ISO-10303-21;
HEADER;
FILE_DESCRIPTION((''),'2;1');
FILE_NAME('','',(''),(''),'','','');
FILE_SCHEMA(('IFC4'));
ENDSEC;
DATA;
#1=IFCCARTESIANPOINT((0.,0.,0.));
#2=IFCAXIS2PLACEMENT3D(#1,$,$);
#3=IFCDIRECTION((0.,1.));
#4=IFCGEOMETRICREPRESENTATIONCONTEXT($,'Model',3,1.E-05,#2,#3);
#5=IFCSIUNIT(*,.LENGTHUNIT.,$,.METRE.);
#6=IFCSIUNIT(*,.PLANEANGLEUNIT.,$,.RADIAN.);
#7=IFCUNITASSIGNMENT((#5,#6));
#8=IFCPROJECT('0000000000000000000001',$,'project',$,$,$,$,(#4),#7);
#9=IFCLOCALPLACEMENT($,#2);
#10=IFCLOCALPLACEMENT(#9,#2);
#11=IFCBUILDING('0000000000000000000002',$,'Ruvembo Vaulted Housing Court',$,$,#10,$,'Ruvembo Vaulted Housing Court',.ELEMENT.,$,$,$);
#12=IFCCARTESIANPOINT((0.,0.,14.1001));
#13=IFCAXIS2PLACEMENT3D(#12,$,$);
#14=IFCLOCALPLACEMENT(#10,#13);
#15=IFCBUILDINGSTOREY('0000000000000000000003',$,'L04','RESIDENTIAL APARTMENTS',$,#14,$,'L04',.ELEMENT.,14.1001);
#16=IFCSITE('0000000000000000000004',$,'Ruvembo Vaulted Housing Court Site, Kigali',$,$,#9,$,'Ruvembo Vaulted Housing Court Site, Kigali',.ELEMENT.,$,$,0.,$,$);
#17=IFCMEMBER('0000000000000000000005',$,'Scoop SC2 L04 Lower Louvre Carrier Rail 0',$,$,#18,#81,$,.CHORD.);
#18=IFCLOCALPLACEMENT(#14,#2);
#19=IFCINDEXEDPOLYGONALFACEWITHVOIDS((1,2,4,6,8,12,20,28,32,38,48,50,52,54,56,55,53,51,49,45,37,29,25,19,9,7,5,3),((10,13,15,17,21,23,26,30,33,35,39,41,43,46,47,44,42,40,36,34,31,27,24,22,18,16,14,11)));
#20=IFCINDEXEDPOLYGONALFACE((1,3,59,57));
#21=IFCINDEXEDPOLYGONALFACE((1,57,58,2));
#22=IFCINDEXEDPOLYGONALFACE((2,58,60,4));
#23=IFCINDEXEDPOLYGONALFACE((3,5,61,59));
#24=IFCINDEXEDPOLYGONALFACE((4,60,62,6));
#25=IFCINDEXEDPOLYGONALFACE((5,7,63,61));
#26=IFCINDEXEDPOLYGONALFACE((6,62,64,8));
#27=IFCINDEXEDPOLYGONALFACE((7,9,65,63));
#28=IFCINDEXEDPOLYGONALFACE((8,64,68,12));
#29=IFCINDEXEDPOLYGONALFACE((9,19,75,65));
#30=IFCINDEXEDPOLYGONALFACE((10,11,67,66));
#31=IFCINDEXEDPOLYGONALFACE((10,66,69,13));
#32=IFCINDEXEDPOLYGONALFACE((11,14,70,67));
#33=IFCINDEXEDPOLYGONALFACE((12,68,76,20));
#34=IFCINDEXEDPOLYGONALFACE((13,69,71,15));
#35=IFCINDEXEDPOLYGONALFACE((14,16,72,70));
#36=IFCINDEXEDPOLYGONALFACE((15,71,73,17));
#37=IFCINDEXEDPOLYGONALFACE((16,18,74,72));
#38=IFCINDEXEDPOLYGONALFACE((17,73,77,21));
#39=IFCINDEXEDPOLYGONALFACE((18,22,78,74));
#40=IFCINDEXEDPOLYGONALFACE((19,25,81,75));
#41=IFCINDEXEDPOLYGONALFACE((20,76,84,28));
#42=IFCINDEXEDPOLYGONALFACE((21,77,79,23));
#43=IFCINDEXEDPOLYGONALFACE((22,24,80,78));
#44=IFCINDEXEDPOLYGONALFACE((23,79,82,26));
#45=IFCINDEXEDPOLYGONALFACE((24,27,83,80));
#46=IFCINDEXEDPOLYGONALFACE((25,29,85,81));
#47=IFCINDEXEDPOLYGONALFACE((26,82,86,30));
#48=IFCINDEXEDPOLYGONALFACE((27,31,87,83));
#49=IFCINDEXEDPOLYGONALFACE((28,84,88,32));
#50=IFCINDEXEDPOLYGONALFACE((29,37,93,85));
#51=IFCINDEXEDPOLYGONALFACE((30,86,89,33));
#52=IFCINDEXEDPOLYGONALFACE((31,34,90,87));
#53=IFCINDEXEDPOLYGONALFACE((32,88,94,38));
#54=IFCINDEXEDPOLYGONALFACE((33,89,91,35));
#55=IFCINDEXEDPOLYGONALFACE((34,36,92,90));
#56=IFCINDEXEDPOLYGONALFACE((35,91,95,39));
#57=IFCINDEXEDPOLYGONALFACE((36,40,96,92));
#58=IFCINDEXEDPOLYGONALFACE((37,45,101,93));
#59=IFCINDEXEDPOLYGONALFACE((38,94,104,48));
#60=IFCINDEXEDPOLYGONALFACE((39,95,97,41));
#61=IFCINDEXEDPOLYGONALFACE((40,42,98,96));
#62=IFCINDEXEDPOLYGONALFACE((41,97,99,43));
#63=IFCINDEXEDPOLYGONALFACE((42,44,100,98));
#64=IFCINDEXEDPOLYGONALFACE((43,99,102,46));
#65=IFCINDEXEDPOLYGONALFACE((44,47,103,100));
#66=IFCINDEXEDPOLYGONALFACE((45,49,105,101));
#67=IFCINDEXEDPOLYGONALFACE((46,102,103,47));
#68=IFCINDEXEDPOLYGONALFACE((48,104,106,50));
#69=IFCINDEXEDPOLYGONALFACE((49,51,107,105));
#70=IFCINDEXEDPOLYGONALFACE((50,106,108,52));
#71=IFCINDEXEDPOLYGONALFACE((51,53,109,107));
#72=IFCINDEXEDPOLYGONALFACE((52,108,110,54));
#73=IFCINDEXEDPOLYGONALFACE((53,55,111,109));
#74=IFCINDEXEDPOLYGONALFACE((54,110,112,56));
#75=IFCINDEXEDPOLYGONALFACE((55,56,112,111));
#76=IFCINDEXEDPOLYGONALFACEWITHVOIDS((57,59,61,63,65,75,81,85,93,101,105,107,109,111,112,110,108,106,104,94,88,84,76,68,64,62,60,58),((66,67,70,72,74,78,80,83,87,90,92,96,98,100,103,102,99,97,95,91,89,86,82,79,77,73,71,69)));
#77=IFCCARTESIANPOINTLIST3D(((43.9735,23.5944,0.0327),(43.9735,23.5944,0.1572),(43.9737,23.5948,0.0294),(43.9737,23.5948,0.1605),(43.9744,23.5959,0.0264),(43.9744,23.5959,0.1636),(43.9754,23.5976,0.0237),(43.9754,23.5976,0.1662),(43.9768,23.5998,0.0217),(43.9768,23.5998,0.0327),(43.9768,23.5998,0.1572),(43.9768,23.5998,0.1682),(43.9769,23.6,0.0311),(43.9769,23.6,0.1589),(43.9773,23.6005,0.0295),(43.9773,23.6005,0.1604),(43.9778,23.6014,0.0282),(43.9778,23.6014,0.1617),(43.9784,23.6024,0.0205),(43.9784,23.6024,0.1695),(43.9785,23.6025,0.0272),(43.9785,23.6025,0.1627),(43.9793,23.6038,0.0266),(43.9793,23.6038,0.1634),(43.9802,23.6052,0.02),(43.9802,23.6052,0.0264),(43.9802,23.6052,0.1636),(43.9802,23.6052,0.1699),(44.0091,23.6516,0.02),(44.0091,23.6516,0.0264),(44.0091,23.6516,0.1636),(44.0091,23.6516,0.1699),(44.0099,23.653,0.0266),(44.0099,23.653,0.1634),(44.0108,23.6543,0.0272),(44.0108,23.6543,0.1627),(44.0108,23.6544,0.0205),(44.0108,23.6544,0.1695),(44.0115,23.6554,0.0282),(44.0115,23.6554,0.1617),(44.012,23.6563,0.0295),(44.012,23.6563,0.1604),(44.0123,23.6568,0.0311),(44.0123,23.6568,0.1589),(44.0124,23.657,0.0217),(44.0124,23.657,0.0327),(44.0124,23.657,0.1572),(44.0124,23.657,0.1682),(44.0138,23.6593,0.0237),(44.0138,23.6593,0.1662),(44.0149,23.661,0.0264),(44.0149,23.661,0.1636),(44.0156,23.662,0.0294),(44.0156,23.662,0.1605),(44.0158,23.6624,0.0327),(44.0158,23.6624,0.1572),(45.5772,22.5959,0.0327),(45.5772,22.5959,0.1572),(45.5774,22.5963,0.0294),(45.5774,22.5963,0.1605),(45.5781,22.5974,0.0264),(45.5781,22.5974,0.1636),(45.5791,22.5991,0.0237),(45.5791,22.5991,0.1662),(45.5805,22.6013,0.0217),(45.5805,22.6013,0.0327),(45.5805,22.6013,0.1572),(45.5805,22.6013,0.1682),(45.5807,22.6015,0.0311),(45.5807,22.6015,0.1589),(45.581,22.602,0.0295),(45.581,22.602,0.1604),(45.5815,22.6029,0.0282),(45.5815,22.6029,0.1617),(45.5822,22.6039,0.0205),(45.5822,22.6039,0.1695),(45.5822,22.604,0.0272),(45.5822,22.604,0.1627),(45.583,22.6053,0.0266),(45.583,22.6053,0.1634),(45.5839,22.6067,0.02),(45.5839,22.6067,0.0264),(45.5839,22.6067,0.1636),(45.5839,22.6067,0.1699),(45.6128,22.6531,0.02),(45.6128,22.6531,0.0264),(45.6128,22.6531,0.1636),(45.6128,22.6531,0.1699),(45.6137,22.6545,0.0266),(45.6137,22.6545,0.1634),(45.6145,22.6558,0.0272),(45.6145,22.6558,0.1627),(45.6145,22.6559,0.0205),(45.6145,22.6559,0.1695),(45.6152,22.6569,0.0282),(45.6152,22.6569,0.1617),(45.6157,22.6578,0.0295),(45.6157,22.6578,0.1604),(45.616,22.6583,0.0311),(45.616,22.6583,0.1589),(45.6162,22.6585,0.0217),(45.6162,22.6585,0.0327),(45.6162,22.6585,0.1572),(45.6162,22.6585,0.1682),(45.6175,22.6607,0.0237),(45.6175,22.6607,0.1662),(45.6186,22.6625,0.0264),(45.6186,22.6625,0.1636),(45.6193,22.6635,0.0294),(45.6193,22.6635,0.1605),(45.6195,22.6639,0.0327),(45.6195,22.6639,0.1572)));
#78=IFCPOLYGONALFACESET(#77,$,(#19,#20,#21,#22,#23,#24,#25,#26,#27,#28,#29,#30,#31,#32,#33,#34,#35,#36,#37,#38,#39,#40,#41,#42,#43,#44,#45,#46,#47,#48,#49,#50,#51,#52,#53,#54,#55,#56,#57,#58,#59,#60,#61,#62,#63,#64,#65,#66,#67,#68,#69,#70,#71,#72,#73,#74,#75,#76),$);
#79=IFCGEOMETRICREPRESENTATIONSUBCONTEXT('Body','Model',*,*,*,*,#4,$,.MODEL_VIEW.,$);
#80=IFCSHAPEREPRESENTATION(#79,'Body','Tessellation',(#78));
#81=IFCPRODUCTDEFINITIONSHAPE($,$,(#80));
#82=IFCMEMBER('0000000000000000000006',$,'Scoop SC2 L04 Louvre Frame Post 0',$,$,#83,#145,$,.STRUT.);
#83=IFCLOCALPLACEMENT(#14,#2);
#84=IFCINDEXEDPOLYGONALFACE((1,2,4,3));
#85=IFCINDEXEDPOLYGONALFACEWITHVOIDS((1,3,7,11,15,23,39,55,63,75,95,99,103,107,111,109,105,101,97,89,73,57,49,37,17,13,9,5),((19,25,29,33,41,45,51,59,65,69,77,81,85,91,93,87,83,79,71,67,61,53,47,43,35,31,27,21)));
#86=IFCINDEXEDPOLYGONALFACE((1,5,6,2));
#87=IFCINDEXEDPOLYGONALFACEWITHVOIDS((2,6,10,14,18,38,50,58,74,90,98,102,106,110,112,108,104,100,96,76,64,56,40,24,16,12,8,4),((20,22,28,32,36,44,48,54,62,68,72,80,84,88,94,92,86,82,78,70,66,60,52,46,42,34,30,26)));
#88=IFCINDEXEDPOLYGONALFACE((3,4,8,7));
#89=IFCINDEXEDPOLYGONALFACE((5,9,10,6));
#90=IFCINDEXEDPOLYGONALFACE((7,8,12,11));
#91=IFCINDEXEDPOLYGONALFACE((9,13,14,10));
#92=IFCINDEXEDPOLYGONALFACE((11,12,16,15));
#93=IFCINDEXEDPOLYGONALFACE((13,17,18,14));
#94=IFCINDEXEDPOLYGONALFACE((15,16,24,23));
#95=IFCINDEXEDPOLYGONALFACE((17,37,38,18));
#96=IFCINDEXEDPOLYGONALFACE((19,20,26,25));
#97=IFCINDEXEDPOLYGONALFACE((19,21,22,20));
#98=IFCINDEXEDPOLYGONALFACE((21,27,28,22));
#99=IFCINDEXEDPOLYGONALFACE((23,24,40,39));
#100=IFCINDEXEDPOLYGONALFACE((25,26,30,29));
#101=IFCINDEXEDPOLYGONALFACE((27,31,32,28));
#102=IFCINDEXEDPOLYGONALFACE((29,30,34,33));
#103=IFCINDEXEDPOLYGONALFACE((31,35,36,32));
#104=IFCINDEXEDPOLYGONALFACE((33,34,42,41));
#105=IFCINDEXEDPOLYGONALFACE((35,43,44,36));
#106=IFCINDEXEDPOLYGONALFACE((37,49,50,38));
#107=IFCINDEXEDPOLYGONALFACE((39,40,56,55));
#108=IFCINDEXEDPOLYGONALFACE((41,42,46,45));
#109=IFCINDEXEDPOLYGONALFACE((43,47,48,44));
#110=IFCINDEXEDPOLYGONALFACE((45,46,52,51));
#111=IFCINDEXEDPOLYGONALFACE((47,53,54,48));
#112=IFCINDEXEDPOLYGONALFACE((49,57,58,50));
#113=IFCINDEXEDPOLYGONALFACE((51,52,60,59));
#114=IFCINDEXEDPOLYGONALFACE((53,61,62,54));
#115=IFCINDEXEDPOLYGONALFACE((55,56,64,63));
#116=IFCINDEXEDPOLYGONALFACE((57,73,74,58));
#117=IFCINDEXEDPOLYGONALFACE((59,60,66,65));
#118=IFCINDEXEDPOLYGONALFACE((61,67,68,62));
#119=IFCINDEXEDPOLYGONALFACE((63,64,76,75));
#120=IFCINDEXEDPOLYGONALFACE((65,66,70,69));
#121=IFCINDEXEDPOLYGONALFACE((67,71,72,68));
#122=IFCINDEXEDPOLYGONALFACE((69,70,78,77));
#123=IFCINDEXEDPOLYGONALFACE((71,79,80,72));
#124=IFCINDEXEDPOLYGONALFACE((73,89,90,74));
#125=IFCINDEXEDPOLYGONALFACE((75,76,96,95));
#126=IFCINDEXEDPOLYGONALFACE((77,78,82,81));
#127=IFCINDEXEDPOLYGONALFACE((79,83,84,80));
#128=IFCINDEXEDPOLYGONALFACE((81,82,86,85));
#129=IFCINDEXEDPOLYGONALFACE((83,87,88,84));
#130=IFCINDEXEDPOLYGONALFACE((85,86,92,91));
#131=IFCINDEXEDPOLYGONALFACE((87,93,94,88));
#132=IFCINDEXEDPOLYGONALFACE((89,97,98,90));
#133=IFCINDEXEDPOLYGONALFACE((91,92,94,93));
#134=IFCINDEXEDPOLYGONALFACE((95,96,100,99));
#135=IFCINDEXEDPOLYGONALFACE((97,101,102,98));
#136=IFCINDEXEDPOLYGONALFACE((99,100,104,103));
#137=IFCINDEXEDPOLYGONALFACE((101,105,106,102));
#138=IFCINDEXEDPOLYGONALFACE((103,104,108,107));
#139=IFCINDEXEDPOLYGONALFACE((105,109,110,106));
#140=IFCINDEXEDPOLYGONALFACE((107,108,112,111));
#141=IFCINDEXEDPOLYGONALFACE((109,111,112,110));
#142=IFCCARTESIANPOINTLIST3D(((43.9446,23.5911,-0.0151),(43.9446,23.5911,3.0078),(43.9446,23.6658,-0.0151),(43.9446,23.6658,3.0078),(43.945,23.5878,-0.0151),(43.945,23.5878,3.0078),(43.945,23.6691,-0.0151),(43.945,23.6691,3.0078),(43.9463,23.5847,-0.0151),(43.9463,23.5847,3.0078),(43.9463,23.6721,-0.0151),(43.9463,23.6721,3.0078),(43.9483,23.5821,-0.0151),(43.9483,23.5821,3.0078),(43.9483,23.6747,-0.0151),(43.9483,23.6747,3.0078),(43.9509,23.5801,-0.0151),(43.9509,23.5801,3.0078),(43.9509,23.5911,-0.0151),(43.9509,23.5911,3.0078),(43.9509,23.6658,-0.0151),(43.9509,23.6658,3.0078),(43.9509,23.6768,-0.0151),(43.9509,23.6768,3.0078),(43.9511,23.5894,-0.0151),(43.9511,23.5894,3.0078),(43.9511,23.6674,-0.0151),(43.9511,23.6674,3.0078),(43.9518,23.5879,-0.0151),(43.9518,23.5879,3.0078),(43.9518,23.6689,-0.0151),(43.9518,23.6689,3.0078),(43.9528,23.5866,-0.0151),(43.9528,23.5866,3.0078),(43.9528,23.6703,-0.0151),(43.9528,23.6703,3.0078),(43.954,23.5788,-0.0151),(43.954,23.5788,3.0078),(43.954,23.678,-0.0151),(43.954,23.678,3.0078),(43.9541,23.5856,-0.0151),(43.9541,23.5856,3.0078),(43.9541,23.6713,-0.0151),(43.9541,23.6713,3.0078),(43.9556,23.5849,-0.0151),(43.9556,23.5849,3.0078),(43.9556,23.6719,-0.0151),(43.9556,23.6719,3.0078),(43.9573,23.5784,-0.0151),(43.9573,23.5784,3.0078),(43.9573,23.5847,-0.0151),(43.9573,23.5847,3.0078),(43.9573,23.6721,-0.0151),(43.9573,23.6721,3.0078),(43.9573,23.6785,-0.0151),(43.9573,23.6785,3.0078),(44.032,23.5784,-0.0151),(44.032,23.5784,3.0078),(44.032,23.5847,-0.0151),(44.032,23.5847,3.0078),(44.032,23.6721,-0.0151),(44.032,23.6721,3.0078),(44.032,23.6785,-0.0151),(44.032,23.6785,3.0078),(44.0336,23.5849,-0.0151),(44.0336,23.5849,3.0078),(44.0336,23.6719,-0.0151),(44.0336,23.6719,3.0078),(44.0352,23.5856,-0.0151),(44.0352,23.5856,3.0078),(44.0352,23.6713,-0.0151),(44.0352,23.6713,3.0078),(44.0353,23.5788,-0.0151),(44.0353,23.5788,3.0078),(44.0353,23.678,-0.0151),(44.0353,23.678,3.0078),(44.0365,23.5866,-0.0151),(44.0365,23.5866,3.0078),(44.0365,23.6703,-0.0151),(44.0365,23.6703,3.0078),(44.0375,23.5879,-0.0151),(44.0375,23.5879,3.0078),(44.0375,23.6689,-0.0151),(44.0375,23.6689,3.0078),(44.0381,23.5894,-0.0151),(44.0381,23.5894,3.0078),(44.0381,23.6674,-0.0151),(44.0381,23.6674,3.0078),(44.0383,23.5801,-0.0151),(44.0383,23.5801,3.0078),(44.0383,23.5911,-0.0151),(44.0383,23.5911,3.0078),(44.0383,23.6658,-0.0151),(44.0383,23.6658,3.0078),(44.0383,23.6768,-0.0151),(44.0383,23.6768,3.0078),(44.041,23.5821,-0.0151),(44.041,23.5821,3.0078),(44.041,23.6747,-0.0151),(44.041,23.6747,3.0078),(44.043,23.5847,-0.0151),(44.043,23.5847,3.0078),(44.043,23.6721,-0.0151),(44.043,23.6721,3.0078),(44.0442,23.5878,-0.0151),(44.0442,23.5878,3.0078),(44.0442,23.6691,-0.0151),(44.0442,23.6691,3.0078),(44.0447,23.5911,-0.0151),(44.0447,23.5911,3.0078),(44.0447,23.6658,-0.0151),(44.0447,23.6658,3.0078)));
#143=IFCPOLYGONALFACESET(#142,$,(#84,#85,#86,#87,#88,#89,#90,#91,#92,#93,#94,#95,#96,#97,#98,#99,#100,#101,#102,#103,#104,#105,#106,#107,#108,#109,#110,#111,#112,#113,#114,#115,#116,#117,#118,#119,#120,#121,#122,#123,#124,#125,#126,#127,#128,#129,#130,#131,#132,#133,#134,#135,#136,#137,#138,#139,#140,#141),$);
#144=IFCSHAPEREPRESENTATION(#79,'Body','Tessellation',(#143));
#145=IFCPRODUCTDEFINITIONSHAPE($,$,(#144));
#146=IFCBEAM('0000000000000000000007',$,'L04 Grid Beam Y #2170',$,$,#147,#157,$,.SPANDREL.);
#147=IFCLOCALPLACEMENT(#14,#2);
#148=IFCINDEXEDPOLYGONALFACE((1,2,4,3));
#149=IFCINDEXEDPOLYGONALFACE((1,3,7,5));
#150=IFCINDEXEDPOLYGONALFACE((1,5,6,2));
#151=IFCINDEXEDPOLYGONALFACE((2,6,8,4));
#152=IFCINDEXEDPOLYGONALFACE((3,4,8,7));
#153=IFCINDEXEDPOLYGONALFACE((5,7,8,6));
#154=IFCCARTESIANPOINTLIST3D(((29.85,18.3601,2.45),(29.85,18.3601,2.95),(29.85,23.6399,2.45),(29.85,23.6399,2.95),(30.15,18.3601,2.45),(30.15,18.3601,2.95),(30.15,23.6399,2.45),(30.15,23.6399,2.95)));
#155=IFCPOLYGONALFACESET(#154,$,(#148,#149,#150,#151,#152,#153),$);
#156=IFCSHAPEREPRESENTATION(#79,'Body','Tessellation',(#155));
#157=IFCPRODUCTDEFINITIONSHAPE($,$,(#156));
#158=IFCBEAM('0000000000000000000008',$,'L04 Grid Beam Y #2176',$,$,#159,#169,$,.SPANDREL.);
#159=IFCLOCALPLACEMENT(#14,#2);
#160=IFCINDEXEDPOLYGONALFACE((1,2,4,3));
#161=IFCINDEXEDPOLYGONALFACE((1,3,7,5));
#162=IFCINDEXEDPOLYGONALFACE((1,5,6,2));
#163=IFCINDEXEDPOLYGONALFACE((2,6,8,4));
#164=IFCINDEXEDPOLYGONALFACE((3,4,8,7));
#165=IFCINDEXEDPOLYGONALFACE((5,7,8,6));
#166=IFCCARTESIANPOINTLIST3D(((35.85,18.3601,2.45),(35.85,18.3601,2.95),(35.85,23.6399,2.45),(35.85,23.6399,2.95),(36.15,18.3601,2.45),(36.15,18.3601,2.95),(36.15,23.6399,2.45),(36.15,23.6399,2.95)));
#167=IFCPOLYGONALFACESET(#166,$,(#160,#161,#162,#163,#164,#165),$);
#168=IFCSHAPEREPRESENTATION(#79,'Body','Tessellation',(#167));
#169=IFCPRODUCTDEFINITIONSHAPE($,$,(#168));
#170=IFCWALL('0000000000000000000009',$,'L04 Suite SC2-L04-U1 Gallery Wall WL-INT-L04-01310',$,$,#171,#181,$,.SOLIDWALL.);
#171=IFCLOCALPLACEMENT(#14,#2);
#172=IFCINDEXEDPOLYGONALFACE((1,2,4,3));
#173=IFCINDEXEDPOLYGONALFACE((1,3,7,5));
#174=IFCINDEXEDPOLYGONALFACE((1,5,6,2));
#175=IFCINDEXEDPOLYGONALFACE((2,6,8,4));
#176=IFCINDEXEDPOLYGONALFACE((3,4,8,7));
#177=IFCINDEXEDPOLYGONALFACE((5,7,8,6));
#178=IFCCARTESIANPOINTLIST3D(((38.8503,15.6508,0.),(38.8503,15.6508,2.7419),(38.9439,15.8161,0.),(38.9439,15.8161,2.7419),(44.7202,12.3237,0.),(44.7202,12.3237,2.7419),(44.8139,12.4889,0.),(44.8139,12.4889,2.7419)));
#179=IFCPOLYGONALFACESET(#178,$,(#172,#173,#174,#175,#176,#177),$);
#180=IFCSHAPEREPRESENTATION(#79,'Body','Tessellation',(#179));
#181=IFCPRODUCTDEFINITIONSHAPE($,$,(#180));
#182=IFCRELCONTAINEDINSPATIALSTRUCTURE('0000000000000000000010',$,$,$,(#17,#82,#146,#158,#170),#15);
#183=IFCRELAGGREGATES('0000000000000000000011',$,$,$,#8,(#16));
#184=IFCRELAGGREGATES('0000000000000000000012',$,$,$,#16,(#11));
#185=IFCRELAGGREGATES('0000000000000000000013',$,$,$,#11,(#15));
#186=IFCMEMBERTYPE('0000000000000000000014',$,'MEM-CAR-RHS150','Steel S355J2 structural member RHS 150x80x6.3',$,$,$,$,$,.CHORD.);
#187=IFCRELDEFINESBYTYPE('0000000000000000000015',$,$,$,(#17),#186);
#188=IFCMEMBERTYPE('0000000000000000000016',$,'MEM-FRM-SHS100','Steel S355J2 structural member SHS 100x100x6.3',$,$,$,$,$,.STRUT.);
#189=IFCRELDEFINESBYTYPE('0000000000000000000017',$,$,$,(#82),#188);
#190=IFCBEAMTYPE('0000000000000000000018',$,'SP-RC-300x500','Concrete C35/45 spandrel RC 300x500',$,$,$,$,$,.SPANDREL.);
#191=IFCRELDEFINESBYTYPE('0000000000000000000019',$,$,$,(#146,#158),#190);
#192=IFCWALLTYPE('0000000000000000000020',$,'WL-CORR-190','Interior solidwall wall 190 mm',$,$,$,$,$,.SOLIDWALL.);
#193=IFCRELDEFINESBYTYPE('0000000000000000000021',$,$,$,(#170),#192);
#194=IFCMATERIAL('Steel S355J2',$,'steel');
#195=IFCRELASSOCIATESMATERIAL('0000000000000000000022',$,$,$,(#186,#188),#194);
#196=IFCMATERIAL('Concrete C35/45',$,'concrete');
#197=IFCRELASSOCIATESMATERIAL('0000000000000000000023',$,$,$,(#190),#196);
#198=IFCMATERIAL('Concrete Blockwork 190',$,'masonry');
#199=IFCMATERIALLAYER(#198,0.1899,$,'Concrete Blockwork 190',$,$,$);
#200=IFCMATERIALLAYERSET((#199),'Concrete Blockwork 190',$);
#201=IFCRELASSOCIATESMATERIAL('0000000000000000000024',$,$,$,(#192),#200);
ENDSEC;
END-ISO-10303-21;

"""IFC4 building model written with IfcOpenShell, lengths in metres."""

from ifc_helpers import new_model, si_unit, direction, frame, frame_2d, origin, origin_2d, place, context, subcontext, project, spatial, rectangle, hollow_rectangle, extrude, material, layer, layer_set, material_profile, profile_set, type_object, element, save


model = new_model("IFC4")

# Units and contexts
model_context = context("Model", 3, precision=1e-05, world=origin(), true_north=direction((0.0, 1.0)))
body_context = subcontext(model_context, "Body", "Model", "MODEL_VIEW")
ifc_project = project(units=[si_unit("LENGTHUNIT", "METRE"), si_unit("PLANEANGLEUNIT", "RADIAN")], contexts=[model_context])

# Site, building, storey
site_placement = place(None, origin())
site = spatial("IfcSite", under=ifc_project, at=site_placement, Name="Ruvembo Vaulted Housing Court Site, Kigali", LongName="Ruvembo Vaulted Housing Court Site, Kigali", CompositionType="ELEMENT", RefElevation=0.0)
building_placement = place(site_placement, origin())
building = spatial("IfcBuilding", under=site, at=building_placement, Name="Ruvembo Vaulted Housing Court", LongName="Ruvembo Vaulted Housing Court", CompositionType="ELEMENT")
storey_placement = place(building_placement, frame((0.0, 0.0, 14.1001)))
storey = spatial("IfcBuildingStorey", under=building, at=storey_placement, Name="L04", Description="RESIDENTIAL APARTMENTS", LongName="L04", CompositionType="ELEMENT", Elevation=14.1001)

# Shared definitions
ifc_material_1 = material(Name="Concrete C35/45", Category="concrete")

# Shared definitions
ifc_material_2 = material(Name="Steel S355J2", Category="steel")

# Members
ifc_material_profile_1 = material_profile(ifc_material_2, hollow_rectangle(XDim=0.0801, YDim=0.1499, WallThickness=0.0063, InnerFilletRadius=0.0063, OuterFilletRadius=0.0127, at=origin_2d()), Name="RHS 150x80x6.3")
ifc_profile_set_1 = profile_set([ifc_material_profile_1], Name="Steel S355J2")
member_type_1 = type_object("IfcMemberType", Name="MEM-CAR-RHS150", Description="Steel S355J2 structural member RHS 150x80x6.3", PredefinedType="CHORD", material=ifc_profile_set_1)
member_1_placement = place(storey_placement, frame((43.9946, 23.6284, 0.095), z_axis=(0.848905, -0.528546, 0.0), x_axis=(0.528546, 0.848905, 0.0)))
element("IfcMember", 1, at=member_1_placement, inside=storey, type_object=member_type_1, Name="Scoop SC2 L04 Lower Louvre Carrier Rail 0", PredefinedType="CHORD", context=body_context, shape_type="SweptSolid", body=[
    extrude(hollow_rectangle(XDim=0.0801, YDim=0.1499, WallThickness=0.0063, InnerFilletRadius=0.0063, OuterFilletRadius=0.0127, at=origin_2d()), origin(), (0.0, 0.0, 1.0), 1.8892),
])
ifc_material_profile_2 = material_profile(ifc_material_2, hollow_rectangle(XDim=0.1001, YDim=0.1001, WallThickness=0.0063, InnerFilletRadius=0.0063, OuterFilletRadius=0.0127, at=origin_2d()), Name="SHS 100x100x6.3")
ifc_profile_set_2 = profile_set([ifc_material_profile_2], Name="Steel S355J2")
member_type_2 = type_object("IfcMemberType", Name="MEM-FRM-SHS100", Description="Steel S355J2 structural member SHS 100x100x6.3", PredefinedType="STRUT", material=ifc_profile_set_2)
member_2_placement = place(storey_placement, frame((43.9946, 23.6284, -0.0151), z_axis=(0.0, 0.0, 1.0), x_axis=(1.0, 0.0, 0.0)))
element("IfcMember", 2, at=member_2_placement, inside=storey, type_object=member_type_2, Name="Scoop SC2 L04 Louvre Frame Post 0", PredefinedType="STRUT", context=body_context, shape_type="SweptSolid", body=[
    extrude(hollow_rectangle(XDim=0.1001, YDim=0.1001, WallThickness=0.0063, InnerFilletRadius=0.0063, OuterFilletRadius=0.0127, at=origin_2d()), origin(), (0.0, 0.0, 1.0), 3.0229),
])

# Beams
ifc_material_profile_3 = material_profile(ifc_material_1, rectangle(XDim=0.3, YDim=0.5, at=origin_2d()), Name="RC 300x500")
ifc_profile_set_3 = profile_set([ifc_material_profile_3], Name="Concrete C35/45")
beam_type_1 = type_object("IfcBeamType", Name="SP-RC-300x500", Description="Concrete C35/45 spandrel RC 300x500", PredefinedType="SPANDREL", material=ifc_profile_set_3)
for number, where, z_axis, x_axis, name in (
    (3, (30.0, 18.3601, 2.7), (0.0, 1.0, 0.0), (-1.0, 0.0, 0.0), "L04 Grid Beam Y #2170"),
    (4, (36.0, 18.3601, 2.7), (0.0, 1.0, 0.0), (-1.0, 0.0, 0.0), "L04 Grid Beam Y #2176"),
):
    element("IfcBeam", number, at=place(storey_placement, frame(where, z_axis=z_axis, x_axis=x_axis)), inside=storey, type_object=beam_type_1, Name=name, PredefinedType="SPANDREL", context=body_context, shape_type="SweptSolid", body=[
        extrude(rectangle(XDim=0.3, YDim=0.5, at=origin_2d()), origin(), (0.0, 0.0, 1.0), 5.2798),
    ])

# Wall
ifc_material_3 = material(Name="Concrete Blockwork 190", Category="masonry")
ifc_layer_1 = layer(ifc_material_3, 0.1899, Name="Concrete Blockwork 190")
ifc_layer_set_1 = layer_set([ifc_layer_1], Name="Concrete Blockwork 190")
wall_type_1 = type_object("IfcWallType", Name="WL-CORR-190", Description="Interior solidwall wall 190 mm", PredefinedType="SOLIDWALL", material=ifc_layer_set_1)
wall_1_placement = place(storey_placement, frame((38.8972, 15.7334, 0.0), z_axis=(0.0, 0.0, 1.0), x_axis=(0.869966, -0.493112, 0.0)))
element("IfcWall", 5, at=wall_1_placement, inside=storey, type_object=wall_type_1, Name="L04 Suite SC2-L04-U1 Gallery Wall WL-INT-L04-01310", PredefinedType="SOLIDWALL", context=body_context, shape_type="SweptSolid", body=[
    extrude(rectangle(XDim=6.7473, YDim=0.1899, at=frame_2d((3.3735, 0.0))), origin(), (0.0, 0.0, 1.0), 2.7419),
])

save(model, "model.ifc")
